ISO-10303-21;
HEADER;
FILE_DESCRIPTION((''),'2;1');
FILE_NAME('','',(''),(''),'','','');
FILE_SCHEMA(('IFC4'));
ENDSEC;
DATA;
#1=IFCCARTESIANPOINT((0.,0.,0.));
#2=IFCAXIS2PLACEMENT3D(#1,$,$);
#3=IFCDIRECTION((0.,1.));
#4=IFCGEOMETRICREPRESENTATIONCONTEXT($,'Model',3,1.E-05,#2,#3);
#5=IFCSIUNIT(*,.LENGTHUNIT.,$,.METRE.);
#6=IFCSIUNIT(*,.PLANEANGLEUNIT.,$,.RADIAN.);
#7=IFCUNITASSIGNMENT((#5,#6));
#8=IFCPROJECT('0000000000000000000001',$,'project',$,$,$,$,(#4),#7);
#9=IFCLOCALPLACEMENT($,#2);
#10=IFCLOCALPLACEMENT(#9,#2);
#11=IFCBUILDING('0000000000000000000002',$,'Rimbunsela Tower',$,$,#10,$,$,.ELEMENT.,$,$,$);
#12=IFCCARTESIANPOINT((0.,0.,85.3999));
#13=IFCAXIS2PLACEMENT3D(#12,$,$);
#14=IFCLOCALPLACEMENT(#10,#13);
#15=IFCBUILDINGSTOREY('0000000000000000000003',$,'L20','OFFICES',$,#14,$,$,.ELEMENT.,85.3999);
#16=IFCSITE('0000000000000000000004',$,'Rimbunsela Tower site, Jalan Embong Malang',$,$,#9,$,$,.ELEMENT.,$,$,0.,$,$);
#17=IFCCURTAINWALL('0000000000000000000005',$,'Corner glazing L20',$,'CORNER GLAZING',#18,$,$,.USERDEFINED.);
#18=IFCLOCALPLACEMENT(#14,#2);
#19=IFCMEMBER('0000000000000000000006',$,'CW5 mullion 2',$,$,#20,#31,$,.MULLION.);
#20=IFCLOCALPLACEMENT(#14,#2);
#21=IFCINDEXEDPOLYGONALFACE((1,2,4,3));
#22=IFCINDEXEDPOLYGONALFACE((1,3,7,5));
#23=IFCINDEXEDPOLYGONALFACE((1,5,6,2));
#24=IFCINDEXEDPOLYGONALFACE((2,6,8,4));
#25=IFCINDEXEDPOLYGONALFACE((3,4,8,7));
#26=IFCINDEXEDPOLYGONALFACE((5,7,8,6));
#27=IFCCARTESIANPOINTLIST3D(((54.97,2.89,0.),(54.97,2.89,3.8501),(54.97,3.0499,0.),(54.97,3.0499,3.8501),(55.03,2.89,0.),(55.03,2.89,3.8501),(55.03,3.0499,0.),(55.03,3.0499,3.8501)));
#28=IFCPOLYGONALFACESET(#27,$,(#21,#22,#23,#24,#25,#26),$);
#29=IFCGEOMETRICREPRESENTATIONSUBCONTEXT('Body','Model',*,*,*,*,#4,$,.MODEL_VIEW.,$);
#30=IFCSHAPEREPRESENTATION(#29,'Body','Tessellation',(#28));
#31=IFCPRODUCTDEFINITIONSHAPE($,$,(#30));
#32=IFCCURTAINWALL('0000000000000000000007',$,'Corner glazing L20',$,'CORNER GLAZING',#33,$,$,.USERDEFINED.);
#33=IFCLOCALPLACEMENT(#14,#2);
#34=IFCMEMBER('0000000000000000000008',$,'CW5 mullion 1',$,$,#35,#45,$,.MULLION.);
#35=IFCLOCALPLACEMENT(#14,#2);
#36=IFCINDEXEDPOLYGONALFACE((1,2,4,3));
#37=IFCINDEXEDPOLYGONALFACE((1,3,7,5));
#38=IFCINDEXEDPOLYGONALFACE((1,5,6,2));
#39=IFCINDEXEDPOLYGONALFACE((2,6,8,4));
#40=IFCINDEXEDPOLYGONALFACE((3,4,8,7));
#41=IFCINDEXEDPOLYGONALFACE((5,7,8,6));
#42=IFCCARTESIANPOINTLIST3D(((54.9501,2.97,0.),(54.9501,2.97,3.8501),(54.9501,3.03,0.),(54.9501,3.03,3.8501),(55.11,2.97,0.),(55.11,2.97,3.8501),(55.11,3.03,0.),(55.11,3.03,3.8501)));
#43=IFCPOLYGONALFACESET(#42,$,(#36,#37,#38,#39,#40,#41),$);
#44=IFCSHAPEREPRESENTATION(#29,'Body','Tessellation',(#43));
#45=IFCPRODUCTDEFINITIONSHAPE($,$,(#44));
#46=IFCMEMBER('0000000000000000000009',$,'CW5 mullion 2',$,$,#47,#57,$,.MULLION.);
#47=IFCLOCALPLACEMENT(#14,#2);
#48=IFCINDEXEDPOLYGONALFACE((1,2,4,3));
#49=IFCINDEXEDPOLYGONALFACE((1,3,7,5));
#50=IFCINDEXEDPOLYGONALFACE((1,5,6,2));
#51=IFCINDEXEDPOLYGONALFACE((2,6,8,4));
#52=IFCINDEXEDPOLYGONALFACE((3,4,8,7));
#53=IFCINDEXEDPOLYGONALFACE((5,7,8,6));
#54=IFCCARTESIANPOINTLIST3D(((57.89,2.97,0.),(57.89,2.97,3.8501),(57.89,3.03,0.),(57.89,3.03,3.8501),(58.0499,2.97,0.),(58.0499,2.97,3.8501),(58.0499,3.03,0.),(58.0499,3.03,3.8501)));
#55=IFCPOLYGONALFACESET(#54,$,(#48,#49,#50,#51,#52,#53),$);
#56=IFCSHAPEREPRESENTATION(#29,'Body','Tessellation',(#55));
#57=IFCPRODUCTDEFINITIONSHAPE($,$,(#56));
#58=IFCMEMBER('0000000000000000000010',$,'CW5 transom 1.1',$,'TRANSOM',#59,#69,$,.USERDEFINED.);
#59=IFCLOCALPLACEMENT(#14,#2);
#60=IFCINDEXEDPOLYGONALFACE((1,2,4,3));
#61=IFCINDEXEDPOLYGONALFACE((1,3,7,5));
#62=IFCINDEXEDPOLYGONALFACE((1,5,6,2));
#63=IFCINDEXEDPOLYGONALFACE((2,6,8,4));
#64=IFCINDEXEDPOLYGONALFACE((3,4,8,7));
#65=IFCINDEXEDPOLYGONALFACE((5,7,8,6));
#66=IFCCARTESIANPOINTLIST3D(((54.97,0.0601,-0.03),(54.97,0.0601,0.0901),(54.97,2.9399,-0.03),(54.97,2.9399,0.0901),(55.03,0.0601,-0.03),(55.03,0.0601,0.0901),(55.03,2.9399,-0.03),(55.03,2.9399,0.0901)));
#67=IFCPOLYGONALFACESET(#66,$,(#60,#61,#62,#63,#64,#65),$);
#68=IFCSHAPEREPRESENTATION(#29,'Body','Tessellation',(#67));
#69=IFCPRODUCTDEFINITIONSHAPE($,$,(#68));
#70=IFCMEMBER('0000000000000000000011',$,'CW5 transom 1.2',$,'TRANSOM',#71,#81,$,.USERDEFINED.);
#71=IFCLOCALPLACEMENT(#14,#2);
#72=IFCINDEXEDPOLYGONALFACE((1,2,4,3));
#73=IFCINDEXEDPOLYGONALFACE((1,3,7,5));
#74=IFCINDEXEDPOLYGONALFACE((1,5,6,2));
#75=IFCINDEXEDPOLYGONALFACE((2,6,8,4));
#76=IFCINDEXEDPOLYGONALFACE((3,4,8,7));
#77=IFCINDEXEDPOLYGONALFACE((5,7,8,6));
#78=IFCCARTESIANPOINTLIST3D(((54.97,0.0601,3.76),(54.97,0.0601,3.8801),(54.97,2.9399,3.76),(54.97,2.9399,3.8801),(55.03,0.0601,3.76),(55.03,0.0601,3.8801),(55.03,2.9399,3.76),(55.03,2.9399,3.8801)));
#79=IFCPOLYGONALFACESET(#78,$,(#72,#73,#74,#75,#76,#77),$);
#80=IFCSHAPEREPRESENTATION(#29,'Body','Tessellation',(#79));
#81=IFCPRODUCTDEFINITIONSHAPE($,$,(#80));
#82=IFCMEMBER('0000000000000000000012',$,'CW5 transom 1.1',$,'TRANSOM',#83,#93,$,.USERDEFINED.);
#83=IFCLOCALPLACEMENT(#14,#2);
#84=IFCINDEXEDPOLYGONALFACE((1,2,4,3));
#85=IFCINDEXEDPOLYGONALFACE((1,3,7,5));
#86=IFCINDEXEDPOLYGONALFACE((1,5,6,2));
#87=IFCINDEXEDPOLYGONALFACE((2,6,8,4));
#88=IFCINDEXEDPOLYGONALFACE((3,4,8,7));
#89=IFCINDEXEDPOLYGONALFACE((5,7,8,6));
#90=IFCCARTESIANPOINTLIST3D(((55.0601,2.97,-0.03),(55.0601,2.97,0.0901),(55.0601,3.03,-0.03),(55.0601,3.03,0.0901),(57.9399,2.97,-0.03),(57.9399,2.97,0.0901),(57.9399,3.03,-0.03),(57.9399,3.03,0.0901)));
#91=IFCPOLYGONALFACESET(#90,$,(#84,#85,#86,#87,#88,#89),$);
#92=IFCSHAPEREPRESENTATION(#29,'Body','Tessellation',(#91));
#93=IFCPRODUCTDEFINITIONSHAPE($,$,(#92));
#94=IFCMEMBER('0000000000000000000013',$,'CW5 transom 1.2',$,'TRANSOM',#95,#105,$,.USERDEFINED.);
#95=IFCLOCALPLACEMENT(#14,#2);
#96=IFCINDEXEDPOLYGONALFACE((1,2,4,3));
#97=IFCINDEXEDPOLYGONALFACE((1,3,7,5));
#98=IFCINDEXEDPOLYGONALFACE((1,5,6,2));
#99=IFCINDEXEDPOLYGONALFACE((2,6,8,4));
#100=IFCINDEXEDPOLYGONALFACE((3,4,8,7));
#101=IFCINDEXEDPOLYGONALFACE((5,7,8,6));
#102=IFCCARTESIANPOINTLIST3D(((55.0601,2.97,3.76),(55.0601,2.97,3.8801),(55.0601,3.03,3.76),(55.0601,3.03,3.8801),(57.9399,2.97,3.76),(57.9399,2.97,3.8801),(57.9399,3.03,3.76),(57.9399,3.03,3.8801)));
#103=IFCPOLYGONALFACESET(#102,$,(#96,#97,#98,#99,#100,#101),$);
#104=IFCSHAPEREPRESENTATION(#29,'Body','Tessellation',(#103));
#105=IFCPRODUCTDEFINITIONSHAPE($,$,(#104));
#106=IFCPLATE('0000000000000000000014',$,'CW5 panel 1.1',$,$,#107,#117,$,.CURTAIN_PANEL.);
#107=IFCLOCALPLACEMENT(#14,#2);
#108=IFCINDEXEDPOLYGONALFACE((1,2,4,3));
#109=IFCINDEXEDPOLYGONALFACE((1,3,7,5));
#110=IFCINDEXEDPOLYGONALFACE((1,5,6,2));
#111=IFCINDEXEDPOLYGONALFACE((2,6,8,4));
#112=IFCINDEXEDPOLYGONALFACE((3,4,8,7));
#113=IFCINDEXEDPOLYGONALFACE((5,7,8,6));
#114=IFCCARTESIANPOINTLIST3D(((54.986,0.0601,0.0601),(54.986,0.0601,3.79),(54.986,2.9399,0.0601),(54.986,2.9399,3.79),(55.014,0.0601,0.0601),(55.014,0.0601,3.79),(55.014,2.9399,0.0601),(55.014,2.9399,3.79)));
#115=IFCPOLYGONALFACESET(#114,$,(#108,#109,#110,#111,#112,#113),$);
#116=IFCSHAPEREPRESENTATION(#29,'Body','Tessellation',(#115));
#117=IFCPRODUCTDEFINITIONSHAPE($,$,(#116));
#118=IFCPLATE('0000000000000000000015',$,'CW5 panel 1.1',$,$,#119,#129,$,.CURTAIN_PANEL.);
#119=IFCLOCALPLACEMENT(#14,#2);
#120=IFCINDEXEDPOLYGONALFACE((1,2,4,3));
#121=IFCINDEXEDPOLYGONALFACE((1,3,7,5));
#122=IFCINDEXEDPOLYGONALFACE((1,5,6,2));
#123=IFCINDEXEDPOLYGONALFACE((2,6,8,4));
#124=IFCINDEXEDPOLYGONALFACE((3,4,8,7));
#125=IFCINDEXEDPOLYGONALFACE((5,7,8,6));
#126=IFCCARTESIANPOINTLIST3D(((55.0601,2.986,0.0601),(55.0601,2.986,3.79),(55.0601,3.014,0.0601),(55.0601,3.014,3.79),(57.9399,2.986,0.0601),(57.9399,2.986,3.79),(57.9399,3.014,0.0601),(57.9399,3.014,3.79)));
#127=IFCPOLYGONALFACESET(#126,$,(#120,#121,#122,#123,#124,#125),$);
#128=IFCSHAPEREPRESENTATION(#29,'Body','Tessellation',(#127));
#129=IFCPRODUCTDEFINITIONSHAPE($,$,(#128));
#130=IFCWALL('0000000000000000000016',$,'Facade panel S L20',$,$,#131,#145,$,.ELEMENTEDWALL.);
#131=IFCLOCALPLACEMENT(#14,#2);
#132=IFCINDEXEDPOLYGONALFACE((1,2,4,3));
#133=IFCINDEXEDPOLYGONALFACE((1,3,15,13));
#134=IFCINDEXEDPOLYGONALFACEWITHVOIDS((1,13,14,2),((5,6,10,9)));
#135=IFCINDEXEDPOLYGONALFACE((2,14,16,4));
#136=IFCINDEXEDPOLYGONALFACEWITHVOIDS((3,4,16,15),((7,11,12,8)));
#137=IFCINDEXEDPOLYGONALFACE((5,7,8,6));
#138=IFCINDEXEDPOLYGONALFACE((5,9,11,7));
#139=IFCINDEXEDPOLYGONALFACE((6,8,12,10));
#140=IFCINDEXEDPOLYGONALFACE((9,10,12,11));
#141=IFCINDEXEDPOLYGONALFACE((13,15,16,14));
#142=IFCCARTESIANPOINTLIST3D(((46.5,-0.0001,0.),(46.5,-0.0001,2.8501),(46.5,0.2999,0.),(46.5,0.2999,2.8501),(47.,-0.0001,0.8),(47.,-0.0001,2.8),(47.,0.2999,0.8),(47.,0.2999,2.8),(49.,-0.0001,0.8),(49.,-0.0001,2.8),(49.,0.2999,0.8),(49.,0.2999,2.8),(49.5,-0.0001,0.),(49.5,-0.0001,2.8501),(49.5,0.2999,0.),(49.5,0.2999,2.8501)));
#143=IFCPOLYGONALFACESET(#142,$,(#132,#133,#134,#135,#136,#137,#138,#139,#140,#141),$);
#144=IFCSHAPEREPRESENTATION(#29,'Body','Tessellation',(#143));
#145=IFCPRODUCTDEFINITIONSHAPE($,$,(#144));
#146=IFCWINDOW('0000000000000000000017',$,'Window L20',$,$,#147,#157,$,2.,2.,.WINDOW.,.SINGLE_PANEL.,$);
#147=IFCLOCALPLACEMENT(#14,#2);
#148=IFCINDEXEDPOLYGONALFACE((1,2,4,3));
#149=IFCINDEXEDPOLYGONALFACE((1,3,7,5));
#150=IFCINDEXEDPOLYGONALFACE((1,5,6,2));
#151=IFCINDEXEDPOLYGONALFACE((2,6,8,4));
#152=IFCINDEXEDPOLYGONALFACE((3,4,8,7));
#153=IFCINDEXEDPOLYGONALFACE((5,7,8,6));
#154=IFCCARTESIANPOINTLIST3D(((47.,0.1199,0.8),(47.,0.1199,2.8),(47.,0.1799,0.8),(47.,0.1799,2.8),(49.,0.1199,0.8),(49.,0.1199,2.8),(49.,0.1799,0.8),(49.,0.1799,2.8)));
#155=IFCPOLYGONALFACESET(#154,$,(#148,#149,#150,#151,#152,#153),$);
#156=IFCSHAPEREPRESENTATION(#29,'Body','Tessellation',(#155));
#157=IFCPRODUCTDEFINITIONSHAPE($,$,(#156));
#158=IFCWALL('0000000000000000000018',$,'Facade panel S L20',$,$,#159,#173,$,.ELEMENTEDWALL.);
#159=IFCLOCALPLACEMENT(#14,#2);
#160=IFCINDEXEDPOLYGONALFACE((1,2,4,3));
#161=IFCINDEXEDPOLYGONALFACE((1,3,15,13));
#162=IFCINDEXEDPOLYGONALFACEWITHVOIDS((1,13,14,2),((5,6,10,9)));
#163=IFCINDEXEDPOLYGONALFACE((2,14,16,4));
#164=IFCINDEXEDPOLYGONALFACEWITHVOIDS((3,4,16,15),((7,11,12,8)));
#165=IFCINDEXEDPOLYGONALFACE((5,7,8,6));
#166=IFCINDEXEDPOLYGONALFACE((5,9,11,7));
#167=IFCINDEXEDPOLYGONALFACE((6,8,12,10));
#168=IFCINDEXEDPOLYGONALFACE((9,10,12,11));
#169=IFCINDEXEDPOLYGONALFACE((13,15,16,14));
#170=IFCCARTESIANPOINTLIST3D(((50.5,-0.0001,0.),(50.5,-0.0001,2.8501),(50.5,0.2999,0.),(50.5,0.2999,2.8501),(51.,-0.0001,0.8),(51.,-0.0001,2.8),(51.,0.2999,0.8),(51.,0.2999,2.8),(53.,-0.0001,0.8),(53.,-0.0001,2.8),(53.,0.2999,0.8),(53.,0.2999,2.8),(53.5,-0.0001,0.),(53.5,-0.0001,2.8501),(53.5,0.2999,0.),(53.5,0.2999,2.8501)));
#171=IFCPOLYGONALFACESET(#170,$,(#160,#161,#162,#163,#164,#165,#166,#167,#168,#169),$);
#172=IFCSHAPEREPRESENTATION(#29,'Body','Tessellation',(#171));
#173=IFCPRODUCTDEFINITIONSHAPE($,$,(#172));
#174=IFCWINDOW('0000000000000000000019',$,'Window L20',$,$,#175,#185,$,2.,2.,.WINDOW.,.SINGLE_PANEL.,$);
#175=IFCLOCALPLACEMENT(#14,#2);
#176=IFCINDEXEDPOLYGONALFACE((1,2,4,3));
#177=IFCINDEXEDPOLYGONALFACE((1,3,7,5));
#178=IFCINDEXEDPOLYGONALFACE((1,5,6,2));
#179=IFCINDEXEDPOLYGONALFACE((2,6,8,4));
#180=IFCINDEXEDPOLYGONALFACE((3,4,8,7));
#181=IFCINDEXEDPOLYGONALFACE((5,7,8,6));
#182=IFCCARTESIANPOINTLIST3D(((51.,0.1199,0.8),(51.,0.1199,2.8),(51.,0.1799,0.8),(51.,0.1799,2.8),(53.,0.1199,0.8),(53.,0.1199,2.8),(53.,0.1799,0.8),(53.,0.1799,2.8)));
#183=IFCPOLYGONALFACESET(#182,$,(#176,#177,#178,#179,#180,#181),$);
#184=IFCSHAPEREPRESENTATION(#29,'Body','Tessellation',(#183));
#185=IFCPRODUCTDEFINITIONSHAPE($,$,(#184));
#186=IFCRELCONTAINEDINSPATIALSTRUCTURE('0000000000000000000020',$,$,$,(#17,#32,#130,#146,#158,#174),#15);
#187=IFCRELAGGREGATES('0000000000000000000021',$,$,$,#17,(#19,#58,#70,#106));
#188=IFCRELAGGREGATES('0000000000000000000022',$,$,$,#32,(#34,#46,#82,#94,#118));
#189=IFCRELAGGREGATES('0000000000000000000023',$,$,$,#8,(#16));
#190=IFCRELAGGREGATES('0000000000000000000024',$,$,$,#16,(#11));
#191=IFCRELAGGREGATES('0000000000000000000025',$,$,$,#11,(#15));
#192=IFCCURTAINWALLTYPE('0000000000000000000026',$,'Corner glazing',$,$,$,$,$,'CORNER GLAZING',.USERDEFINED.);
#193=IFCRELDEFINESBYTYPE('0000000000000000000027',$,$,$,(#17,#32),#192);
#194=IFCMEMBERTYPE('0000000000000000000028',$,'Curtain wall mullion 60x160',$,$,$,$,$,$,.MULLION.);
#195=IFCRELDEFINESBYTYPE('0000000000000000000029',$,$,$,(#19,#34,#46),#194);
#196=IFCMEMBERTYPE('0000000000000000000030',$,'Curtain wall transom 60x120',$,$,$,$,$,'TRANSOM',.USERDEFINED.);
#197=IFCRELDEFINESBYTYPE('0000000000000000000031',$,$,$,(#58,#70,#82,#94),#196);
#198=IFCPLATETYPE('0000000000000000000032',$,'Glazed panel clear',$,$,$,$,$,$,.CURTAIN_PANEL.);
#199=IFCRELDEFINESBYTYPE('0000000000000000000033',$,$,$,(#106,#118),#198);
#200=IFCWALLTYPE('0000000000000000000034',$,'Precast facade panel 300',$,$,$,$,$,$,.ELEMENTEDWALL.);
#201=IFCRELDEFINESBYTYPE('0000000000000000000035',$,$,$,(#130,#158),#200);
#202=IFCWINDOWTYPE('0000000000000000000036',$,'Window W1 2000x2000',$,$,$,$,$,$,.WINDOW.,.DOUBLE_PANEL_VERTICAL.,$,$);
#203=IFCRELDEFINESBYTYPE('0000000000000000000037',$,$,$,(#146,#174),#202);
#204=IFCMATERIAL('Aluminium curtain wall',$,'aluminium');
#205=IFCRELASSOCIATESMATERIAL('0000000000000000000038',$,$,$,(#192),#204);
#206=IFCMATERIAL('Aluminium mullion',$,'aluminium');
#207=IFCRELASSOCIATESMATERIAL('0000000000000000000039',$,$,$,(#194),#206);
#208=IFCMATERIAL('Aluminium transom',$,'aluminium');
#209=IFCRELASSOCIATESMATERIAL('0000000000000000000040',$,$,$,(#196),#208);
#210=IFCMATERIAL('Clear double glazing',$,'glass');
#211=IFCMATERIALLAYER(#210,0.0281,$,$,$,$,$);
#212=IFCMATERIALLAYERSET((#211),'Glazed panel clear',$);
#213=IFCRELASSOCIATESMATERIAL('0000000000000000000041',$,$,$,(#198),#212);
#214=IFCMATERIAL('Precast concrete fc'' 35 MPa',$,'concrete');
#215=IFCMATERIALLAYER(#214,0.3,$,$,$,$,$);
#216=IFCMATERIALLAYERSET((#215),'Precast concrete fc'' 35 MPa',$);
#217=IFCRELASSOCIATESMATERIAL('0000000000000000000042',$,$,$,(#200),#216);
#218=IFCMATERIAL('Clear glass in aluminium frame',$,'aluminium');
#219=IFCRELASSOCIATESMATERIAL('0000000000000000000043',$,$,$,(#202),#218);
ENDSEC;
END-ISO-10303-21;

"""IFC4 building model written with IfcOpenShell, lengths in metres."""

from ifc_helpers import new_model, si_unit, direction, frame, frame_2d, origin, origin_2d, place, context, subcontext, project, spatial, rectangle, extrude, material, layer, layer_set, material_profile, profile_set, type_object, element, fill, aggregate, save


model = new_model("IFC4")

# Units and contexts
model_context = context("Model", 3, precision=1e-05, world=origin(), true_north=direction((0.0, 1.0)))
body_context = subcontext(model_context, "Body", "Model", "MODEL_VIEW")
ifc_project = project(units=[si_unit("LENGTHUNIT", "METRE"), si_unit("PLANEANGLEUNIT", "RADIAN")], contexts=[model_context])

# Site, building, storey
site_placement = place(None, origin())
site = spatial("IfcSite", under=ifc_project, at=site_placement, Name="Rimbunsela Tower site, Jalan Embong Malang", CompositionType="ELEMENT", RefElevation=0.0)
building_placement = place(site_placement, origin())
building = spatial("IfcBuilding", under=site, at=building_placement, Name="Rimbunsela Tower", CompositionType="ELEMENT")
storey_placement = place(building_placement, frame((0.0, 0.0, 85.3999)))
storey = spatial("IfcBuildingStorey", under=building, at=storey_placement, Name="L20", Description="OFFICES", CompositionType="ELEMENT", Elevation=85.3999)

# Curtain walls, members
ifc_material_1 = material(Name="Aluminium curtain wall", Category="aluminium")
curtain_wall_type = type_object("IfcCurtainWallType", Name="Corner glazing", ElementType="CORNER GLAZING", PredefinedType="USERDEFINED", material=ifc_material_1)
curtain_wall_1_placement = place(storey_placement, origin())
curtain_wall_1 = element("IfcCurtainWall", 1, at=curtain_wall_1_placement, inside=storey, type_object=curtain_wall_type, Name="Corner glazing L20", ObjectType="CORNER GLAZING", PredefinedType="USERDEFINED")
ifc_material_2 = material(Name="Aluminium mullion", Category="aluminium")
ifc_material_profile_1 = material_profile(ifc_material_2, rectangle(XDim=0.0601, YDim=0.1599, at=origin_2d()), Name="Mullion 60x160")
ifc_profile_set_1 = profile_set([ifc_material_profile_1], Name="Aluminium mullion")
member_type_1 = type_object("IfcMemberType", Name="Curtain wall mullion 60x160", PredefinedType="MULLION", material=ifc_profile_set_1)
member_1_placement = place(storey_placement, frame((55.0, 2.97, 0.0), z_axis=(0.0, 0.0, 1.0), x_axis=(-1.0, 0.0, 0.0)))
member_1 = element("IfcMember", 2, at=member_1_placement, type_object=member_type_1, Name="CW5 mullion 2", PredefinedType="MULLION", context=body_context, shape_type="SweptSolid", body=[
    extrude(rectangle(XDim=0.0601, YDim=0.1599, at=origin_2d()), origin(), (0.0, 0.0, 1.0), 3.8501),
])
curtain_wall_2_placement = place(storey_placement, origin())
curtain_wall_2 = element("IfcCurtainWall", 3, at=curtain_wall_2_placement, inside=storey, type_object=curtain_wall_type, Name="Corner glazing L20", ObjectType="CORNER GLAZING", PredefinedType="USERDEFINED")
member_2_placement = place(storey_placement, frame((55.03, 3.0, 0.0), z_axis=(0.0, 0.0, 1.0), x_axis=(0.0, 1.0, 0.0)))
member_2 = element("IfcMember", 4, at=member_2_placement, type_object=member_type_1, Name="CW5 mullion 1", PredefinedType="MULLION", context=body_context, shape_type="SweptSolid", body=[
    extrude(rectangle(XDim=0.0601, YDim=0.1599, at=origin_2d()), origin(), (0.0, 0.0, 1.0), 3.8501),
])
member_3_placement = place(storey_placement, frame((57.97, 3.0, 0.0), z_axis=(0.0, 0.0, 1.0), x_axis=(0.0, 1.0, 0.0)))
member_3 = element("IfcMember", 5, at=member_3_placement, type_object=member_type_1, Name="CW5 mullion 2", PredefinedType="MULLION", context=body_context, shape_type="SweptSolid", body=[
    extrude(rectangle(XDim=0.0601, YDim=0.1599, at=origin_2d()), origin(), (0.0, 0.0, 1.0), 3.8501),
])

# Members
ifc_material_3 = material(Name="Aluminium transom", Category="aluminium")
ifc_material_profile_2 = material_profile(ifc_material_3, rectangle(XDim=0.0601, YDim=0.1201, at=origin_2d()), Name="Transom 60x120")
ifc_profile_set_2 = profile_set([ifc_material_profile_2], Name="Aluminium transom")
member_type_2 = type_object("IfcMemberType", Name="Curtain wall transom 60x120", ElementType="TRANSOM", PredefinedType="USERDEFINED", material=ifc_profile_set_2)
member_4_placement = place(storey_placement, frame((55.0, 0.0601, 0.03), z_axis=(0.0, 1.0, 0.0), x_axis=(-1.0, 0.0, 0.0)))
member_4 = element("IfcMember", 6, at=member_4_placement, type_object=member_type_2, Name="CW5 transom 1.1", ObjectType="TRANSOM", PredefinedType="USERDEFINED", context=body_context, shape_type="SweptSolid", body=[
    extrude(rectangle(XDim=0.0601, YDim=0.1201, at=origin_2d()), origin(), (0.0, 0.0, 1.0), 2.8799),
])
member_5_placement = place(storey_placement, frame((55.0, 0.0601, 3.8201), z_axis=(0.0, 1.0, 0.0), x_axis=(-1.0, 0.0, 0.0)))
member_5 = element("IfcMember", 7, at=member_5_placement, type_object=member_type_2, Name="CW5 transom 1.2", ObjectType="TRANSOM", PredefinedType="USERDEFINED", context=body_context, shape_type="SweptSolid", body=[
    extrude(rectangle(XDim=0.0601, YDim=0.1201, at=origin_2d()), origin(), (0.0, 0.0, 1.0), 2.8799),
])
member_6_placement = place(storey_placement, frame((55.0601, 3.0, 0.03), z_axis=(1.0, 0.0, 0.0), x_axis=(0.0, 1.0, 0.0)))
member_6 = element("IfcMember", 8, at=member_6_placement, type_object=member_type_2, Name="CW5 transom 1.1", ObjectType="TRANSOM", PredefinedType="USERDEFINED", context=body_context, shape_type="SweptSolid", body=[
    extrude(rectangle(XDim=0.0601, YDim=0.1201, at=origin_2d()), origin(), (0.0, 0.0, 1.0), 2.8799),
])
member_7_placement = place(storey_placement, frame((55.0601, 3.0, 3.8201), z_axis=(1.0, 0.0, 0.0), x_axis=(0.0, 1.0, 0.0)))
member_7 = element("IfcMember", 9, at=member_7_placement, type_object=member_type_2, Name="CW5 transom 1.2", ObjectType="TRANSOM", PredefinedType="USERDEFINED", context=body_context, shape_type="SweptSolid", body=[
    extrude(rectangle(XDim=0.0601, YDim=0.1201, at=origin_2d()), origin(), (0.0, 0.0, 1.0), 2.8799),
])

# Plates
ifc_material_4 = material(Name="Clear double glazing", Category="glass")
ifc_layer_1 = layer(ifc_material_4, 0.0281)
ifc_layer_set_1 = layer_set([ifc_layer_1], Name="Glazed panel clear")
plate_type = type_object("IfcPlateType", Name="Glazed panel clear", PredefinedType="CURTAIN_PANEL", material=ifc_layer_set_1)
plate_1_placement = place(storey_placement, frame((55.0, 1.5, 0.0601), z_axis=(0.0, 0.0, 1.0), x_axis=(0.0, 1.0, 0.0)))
plate_1 = element("IfcPlate", 10, at=plate_1_placement, type_object=plate_type, Name="CW5 panel 1.1", PredefinedType="CURTAIN_PANEL", context=body_context, shape_type="SweptSolid", body=[
    extrude(rectangle(XDim=2.8799, YDim=0.0281, at=origin_2d()), origin(), (0.0, 0.0, 1.0), 3.73),
])
aggregate(curtain_wall_1, [member_1, member_4, member_5, plate_1])
plate_2_placement = place(storey_placement, frame((56.5, 3.0, 0.0601), z_axis=(0.0, 0.0, 1.0), x_axis=(1.0, 0.0, 0.0)))
plate_2 = element("IfcPlate", 11, at=plate_2_placement, type_object=plate_type, Name="CW5 panel 1.1", PredefinedType="CURTAIN_PANEL", context=body_context, shape_type="SweptSolid", body=[
    extrude(rectangle(XDim=2.8799, YDim=0.0281, at=origin_2d()), origin(), (0.0, 0.0, 1.0), 3.73),
])
aggregate(curtain_wall_2, [member_2, member_3, member_6, member_7, plate_2])

# Walls, openings, windows
ifc_material_5 = material(Name="Precast concrete fc' 35 MPa", Category="concrete")
ifc_layer_2 = layer(ifc_material_5, 0.3)
ifc_layer_set_2 = layer_set([ifc_layer_2], Name="Precast concrete fc' 35 MPa")
wall_type = type_object("IfcWallType", Name="Precast facade panel 300", PredefinedType="ELEMENTEDWALL", material=ifc_layer_set_2)
wall_1_placement = place(storey_placement, frame((46.5, 0.1499, 0.0), z_axis=(0.0, 0.0, 1.0), x_axis=(1.0, 0.0, 0.0)))
wall_1 = element("IfcWall", 12, at=wall_1_placement, inside=storey, type_object=wall_type, Name="Facade panel S L20", PredefinedType="ELEMENTEDWALL", context=body_context, shape_type="SweptSolid", body=[
    extrude(rectangle(XDim=3.0, YDim=0.3, at=frame_2d((1.5, 0.0))), origin(), (0.0, 0.0, 1.0), 2.8501),
])
opening_1_placement = place(wall_1_placement, frame((0.5, 0.0, 0.8)))
opening_1 = element("IfcOpeningElement", 13, at=opening_1_placement, cuts=wall_1, PredefinedType="OPENING", context=body_context, shape_type="SweptSolid", body=[
    extrude(rectangle(XDim=2.0, YDim=2.0, at=frame_2d((1.0, 1.0))), frame((0.0, 0.1599, 0.0), z_axis=(0.0, -1.0, 0.0), x_axis=(1.0, 0.0, 0.0)), (0.0, 0.0, 1.0), 0.3201),
])
ifc_material_6 = material(Name="Clear glass in aluminium frame", Category="aluminium")
window_type = type_object("IfcWindowType", Name="Window W1 2000x2000", PartitioningType="DOUBLE_PANEL_VERTICAL", PredefinedType="WINDOW", material=ifc_material_6)
window_1_placement = place(opening_1_placement, origin())
window_1 = element("IfcWindow", 14, at=window_1_placement, inside=storey, type_object=window_type, Name="Window L20", OverallHeight=2.0, OverallWidth=2.0, PartitioningType="SINGLE_PANEL", PredefinedType="WINDOW", context=body_context, shape_type="SweptSolid", body=[
    extrude(rectangle(XDim=2.0, YDim=2.0, at=frame_2d((1.0, 1.0))), frame((0.0, 0.03, 0.0), z_axis=(0.0, -1.0, 0.0), x_axis=(1.0, 0.0, 0.0)), (0.0, 0.0, 1.0), 0.0601),
])
fill(opening_1, window_1)
wall_2_placement = place(storey_placement, frame((50.5, 0.1499, 0.0), z_axis=(0.0, 0.0, 1.0), x_axis=(1.0, 0.0, 0.0)))
wall_2 = element("IfcWall", 15, at=wall_2_placement, inside=storey, type_object=wall_type, Name="Facade panel S L20", PredefinedType="ELEMENTEDWALL", context=body_context, shape_type="SweptSolid", body=[
    extrude(rectangle(XDim=3.0, YDim=0.3, at=frame_2d((1.5, 0.0))), origin(), (0.0, 0.0, 1.0), 2.8501),
])
opening_2_placement = place(wall_2_placement, frame((0.5, 0.0, 0.8)))
opening_2 = element("IfcOpeningElement", 16, at=opening_2_placement, cuts=wall_2, PredefinedType="OPENING", context=body_context, shape_type="SweptSolid", body=[
    extrude(rectangle(XDim=2.0, YDim=2.0, at=frame_2d((1.0, 1.0))), frame((0.0, 0.1599, 0.0), z_axis=(0.0, -1.0, 0.0), x_axis=(1.0, 0.0, 0.0)), (0.0, 0.0, 1.0), 0.3201),
])
window_2_placement = place(opening_2_placement, origin())
window_2 = element("IfcWindow", 17, at=window_2_placement, inside=storey, type_object=window_type, Name="Window L20", OverallHeight=2.0, OverallWidth=2.0, PartitioningType="SINGLE_PANEL", PredefinedType="WINDOW", context=body_context, shape_type="SweptSolid", body=[
    extrude(rectangle(XDim=2.0, YDim=2.0, at=frame_2d((1.0, 1.0))), frame((0.0, 0.03, 0.0), z_axis=(0.0, -1.0, 0.0), x_axis=(1.0, 0.0, 0.0)), (0.0, 0.0, 1.0), 0.0601),
])
fill(opening_2, window_2)

save(model, "model.ifc")
